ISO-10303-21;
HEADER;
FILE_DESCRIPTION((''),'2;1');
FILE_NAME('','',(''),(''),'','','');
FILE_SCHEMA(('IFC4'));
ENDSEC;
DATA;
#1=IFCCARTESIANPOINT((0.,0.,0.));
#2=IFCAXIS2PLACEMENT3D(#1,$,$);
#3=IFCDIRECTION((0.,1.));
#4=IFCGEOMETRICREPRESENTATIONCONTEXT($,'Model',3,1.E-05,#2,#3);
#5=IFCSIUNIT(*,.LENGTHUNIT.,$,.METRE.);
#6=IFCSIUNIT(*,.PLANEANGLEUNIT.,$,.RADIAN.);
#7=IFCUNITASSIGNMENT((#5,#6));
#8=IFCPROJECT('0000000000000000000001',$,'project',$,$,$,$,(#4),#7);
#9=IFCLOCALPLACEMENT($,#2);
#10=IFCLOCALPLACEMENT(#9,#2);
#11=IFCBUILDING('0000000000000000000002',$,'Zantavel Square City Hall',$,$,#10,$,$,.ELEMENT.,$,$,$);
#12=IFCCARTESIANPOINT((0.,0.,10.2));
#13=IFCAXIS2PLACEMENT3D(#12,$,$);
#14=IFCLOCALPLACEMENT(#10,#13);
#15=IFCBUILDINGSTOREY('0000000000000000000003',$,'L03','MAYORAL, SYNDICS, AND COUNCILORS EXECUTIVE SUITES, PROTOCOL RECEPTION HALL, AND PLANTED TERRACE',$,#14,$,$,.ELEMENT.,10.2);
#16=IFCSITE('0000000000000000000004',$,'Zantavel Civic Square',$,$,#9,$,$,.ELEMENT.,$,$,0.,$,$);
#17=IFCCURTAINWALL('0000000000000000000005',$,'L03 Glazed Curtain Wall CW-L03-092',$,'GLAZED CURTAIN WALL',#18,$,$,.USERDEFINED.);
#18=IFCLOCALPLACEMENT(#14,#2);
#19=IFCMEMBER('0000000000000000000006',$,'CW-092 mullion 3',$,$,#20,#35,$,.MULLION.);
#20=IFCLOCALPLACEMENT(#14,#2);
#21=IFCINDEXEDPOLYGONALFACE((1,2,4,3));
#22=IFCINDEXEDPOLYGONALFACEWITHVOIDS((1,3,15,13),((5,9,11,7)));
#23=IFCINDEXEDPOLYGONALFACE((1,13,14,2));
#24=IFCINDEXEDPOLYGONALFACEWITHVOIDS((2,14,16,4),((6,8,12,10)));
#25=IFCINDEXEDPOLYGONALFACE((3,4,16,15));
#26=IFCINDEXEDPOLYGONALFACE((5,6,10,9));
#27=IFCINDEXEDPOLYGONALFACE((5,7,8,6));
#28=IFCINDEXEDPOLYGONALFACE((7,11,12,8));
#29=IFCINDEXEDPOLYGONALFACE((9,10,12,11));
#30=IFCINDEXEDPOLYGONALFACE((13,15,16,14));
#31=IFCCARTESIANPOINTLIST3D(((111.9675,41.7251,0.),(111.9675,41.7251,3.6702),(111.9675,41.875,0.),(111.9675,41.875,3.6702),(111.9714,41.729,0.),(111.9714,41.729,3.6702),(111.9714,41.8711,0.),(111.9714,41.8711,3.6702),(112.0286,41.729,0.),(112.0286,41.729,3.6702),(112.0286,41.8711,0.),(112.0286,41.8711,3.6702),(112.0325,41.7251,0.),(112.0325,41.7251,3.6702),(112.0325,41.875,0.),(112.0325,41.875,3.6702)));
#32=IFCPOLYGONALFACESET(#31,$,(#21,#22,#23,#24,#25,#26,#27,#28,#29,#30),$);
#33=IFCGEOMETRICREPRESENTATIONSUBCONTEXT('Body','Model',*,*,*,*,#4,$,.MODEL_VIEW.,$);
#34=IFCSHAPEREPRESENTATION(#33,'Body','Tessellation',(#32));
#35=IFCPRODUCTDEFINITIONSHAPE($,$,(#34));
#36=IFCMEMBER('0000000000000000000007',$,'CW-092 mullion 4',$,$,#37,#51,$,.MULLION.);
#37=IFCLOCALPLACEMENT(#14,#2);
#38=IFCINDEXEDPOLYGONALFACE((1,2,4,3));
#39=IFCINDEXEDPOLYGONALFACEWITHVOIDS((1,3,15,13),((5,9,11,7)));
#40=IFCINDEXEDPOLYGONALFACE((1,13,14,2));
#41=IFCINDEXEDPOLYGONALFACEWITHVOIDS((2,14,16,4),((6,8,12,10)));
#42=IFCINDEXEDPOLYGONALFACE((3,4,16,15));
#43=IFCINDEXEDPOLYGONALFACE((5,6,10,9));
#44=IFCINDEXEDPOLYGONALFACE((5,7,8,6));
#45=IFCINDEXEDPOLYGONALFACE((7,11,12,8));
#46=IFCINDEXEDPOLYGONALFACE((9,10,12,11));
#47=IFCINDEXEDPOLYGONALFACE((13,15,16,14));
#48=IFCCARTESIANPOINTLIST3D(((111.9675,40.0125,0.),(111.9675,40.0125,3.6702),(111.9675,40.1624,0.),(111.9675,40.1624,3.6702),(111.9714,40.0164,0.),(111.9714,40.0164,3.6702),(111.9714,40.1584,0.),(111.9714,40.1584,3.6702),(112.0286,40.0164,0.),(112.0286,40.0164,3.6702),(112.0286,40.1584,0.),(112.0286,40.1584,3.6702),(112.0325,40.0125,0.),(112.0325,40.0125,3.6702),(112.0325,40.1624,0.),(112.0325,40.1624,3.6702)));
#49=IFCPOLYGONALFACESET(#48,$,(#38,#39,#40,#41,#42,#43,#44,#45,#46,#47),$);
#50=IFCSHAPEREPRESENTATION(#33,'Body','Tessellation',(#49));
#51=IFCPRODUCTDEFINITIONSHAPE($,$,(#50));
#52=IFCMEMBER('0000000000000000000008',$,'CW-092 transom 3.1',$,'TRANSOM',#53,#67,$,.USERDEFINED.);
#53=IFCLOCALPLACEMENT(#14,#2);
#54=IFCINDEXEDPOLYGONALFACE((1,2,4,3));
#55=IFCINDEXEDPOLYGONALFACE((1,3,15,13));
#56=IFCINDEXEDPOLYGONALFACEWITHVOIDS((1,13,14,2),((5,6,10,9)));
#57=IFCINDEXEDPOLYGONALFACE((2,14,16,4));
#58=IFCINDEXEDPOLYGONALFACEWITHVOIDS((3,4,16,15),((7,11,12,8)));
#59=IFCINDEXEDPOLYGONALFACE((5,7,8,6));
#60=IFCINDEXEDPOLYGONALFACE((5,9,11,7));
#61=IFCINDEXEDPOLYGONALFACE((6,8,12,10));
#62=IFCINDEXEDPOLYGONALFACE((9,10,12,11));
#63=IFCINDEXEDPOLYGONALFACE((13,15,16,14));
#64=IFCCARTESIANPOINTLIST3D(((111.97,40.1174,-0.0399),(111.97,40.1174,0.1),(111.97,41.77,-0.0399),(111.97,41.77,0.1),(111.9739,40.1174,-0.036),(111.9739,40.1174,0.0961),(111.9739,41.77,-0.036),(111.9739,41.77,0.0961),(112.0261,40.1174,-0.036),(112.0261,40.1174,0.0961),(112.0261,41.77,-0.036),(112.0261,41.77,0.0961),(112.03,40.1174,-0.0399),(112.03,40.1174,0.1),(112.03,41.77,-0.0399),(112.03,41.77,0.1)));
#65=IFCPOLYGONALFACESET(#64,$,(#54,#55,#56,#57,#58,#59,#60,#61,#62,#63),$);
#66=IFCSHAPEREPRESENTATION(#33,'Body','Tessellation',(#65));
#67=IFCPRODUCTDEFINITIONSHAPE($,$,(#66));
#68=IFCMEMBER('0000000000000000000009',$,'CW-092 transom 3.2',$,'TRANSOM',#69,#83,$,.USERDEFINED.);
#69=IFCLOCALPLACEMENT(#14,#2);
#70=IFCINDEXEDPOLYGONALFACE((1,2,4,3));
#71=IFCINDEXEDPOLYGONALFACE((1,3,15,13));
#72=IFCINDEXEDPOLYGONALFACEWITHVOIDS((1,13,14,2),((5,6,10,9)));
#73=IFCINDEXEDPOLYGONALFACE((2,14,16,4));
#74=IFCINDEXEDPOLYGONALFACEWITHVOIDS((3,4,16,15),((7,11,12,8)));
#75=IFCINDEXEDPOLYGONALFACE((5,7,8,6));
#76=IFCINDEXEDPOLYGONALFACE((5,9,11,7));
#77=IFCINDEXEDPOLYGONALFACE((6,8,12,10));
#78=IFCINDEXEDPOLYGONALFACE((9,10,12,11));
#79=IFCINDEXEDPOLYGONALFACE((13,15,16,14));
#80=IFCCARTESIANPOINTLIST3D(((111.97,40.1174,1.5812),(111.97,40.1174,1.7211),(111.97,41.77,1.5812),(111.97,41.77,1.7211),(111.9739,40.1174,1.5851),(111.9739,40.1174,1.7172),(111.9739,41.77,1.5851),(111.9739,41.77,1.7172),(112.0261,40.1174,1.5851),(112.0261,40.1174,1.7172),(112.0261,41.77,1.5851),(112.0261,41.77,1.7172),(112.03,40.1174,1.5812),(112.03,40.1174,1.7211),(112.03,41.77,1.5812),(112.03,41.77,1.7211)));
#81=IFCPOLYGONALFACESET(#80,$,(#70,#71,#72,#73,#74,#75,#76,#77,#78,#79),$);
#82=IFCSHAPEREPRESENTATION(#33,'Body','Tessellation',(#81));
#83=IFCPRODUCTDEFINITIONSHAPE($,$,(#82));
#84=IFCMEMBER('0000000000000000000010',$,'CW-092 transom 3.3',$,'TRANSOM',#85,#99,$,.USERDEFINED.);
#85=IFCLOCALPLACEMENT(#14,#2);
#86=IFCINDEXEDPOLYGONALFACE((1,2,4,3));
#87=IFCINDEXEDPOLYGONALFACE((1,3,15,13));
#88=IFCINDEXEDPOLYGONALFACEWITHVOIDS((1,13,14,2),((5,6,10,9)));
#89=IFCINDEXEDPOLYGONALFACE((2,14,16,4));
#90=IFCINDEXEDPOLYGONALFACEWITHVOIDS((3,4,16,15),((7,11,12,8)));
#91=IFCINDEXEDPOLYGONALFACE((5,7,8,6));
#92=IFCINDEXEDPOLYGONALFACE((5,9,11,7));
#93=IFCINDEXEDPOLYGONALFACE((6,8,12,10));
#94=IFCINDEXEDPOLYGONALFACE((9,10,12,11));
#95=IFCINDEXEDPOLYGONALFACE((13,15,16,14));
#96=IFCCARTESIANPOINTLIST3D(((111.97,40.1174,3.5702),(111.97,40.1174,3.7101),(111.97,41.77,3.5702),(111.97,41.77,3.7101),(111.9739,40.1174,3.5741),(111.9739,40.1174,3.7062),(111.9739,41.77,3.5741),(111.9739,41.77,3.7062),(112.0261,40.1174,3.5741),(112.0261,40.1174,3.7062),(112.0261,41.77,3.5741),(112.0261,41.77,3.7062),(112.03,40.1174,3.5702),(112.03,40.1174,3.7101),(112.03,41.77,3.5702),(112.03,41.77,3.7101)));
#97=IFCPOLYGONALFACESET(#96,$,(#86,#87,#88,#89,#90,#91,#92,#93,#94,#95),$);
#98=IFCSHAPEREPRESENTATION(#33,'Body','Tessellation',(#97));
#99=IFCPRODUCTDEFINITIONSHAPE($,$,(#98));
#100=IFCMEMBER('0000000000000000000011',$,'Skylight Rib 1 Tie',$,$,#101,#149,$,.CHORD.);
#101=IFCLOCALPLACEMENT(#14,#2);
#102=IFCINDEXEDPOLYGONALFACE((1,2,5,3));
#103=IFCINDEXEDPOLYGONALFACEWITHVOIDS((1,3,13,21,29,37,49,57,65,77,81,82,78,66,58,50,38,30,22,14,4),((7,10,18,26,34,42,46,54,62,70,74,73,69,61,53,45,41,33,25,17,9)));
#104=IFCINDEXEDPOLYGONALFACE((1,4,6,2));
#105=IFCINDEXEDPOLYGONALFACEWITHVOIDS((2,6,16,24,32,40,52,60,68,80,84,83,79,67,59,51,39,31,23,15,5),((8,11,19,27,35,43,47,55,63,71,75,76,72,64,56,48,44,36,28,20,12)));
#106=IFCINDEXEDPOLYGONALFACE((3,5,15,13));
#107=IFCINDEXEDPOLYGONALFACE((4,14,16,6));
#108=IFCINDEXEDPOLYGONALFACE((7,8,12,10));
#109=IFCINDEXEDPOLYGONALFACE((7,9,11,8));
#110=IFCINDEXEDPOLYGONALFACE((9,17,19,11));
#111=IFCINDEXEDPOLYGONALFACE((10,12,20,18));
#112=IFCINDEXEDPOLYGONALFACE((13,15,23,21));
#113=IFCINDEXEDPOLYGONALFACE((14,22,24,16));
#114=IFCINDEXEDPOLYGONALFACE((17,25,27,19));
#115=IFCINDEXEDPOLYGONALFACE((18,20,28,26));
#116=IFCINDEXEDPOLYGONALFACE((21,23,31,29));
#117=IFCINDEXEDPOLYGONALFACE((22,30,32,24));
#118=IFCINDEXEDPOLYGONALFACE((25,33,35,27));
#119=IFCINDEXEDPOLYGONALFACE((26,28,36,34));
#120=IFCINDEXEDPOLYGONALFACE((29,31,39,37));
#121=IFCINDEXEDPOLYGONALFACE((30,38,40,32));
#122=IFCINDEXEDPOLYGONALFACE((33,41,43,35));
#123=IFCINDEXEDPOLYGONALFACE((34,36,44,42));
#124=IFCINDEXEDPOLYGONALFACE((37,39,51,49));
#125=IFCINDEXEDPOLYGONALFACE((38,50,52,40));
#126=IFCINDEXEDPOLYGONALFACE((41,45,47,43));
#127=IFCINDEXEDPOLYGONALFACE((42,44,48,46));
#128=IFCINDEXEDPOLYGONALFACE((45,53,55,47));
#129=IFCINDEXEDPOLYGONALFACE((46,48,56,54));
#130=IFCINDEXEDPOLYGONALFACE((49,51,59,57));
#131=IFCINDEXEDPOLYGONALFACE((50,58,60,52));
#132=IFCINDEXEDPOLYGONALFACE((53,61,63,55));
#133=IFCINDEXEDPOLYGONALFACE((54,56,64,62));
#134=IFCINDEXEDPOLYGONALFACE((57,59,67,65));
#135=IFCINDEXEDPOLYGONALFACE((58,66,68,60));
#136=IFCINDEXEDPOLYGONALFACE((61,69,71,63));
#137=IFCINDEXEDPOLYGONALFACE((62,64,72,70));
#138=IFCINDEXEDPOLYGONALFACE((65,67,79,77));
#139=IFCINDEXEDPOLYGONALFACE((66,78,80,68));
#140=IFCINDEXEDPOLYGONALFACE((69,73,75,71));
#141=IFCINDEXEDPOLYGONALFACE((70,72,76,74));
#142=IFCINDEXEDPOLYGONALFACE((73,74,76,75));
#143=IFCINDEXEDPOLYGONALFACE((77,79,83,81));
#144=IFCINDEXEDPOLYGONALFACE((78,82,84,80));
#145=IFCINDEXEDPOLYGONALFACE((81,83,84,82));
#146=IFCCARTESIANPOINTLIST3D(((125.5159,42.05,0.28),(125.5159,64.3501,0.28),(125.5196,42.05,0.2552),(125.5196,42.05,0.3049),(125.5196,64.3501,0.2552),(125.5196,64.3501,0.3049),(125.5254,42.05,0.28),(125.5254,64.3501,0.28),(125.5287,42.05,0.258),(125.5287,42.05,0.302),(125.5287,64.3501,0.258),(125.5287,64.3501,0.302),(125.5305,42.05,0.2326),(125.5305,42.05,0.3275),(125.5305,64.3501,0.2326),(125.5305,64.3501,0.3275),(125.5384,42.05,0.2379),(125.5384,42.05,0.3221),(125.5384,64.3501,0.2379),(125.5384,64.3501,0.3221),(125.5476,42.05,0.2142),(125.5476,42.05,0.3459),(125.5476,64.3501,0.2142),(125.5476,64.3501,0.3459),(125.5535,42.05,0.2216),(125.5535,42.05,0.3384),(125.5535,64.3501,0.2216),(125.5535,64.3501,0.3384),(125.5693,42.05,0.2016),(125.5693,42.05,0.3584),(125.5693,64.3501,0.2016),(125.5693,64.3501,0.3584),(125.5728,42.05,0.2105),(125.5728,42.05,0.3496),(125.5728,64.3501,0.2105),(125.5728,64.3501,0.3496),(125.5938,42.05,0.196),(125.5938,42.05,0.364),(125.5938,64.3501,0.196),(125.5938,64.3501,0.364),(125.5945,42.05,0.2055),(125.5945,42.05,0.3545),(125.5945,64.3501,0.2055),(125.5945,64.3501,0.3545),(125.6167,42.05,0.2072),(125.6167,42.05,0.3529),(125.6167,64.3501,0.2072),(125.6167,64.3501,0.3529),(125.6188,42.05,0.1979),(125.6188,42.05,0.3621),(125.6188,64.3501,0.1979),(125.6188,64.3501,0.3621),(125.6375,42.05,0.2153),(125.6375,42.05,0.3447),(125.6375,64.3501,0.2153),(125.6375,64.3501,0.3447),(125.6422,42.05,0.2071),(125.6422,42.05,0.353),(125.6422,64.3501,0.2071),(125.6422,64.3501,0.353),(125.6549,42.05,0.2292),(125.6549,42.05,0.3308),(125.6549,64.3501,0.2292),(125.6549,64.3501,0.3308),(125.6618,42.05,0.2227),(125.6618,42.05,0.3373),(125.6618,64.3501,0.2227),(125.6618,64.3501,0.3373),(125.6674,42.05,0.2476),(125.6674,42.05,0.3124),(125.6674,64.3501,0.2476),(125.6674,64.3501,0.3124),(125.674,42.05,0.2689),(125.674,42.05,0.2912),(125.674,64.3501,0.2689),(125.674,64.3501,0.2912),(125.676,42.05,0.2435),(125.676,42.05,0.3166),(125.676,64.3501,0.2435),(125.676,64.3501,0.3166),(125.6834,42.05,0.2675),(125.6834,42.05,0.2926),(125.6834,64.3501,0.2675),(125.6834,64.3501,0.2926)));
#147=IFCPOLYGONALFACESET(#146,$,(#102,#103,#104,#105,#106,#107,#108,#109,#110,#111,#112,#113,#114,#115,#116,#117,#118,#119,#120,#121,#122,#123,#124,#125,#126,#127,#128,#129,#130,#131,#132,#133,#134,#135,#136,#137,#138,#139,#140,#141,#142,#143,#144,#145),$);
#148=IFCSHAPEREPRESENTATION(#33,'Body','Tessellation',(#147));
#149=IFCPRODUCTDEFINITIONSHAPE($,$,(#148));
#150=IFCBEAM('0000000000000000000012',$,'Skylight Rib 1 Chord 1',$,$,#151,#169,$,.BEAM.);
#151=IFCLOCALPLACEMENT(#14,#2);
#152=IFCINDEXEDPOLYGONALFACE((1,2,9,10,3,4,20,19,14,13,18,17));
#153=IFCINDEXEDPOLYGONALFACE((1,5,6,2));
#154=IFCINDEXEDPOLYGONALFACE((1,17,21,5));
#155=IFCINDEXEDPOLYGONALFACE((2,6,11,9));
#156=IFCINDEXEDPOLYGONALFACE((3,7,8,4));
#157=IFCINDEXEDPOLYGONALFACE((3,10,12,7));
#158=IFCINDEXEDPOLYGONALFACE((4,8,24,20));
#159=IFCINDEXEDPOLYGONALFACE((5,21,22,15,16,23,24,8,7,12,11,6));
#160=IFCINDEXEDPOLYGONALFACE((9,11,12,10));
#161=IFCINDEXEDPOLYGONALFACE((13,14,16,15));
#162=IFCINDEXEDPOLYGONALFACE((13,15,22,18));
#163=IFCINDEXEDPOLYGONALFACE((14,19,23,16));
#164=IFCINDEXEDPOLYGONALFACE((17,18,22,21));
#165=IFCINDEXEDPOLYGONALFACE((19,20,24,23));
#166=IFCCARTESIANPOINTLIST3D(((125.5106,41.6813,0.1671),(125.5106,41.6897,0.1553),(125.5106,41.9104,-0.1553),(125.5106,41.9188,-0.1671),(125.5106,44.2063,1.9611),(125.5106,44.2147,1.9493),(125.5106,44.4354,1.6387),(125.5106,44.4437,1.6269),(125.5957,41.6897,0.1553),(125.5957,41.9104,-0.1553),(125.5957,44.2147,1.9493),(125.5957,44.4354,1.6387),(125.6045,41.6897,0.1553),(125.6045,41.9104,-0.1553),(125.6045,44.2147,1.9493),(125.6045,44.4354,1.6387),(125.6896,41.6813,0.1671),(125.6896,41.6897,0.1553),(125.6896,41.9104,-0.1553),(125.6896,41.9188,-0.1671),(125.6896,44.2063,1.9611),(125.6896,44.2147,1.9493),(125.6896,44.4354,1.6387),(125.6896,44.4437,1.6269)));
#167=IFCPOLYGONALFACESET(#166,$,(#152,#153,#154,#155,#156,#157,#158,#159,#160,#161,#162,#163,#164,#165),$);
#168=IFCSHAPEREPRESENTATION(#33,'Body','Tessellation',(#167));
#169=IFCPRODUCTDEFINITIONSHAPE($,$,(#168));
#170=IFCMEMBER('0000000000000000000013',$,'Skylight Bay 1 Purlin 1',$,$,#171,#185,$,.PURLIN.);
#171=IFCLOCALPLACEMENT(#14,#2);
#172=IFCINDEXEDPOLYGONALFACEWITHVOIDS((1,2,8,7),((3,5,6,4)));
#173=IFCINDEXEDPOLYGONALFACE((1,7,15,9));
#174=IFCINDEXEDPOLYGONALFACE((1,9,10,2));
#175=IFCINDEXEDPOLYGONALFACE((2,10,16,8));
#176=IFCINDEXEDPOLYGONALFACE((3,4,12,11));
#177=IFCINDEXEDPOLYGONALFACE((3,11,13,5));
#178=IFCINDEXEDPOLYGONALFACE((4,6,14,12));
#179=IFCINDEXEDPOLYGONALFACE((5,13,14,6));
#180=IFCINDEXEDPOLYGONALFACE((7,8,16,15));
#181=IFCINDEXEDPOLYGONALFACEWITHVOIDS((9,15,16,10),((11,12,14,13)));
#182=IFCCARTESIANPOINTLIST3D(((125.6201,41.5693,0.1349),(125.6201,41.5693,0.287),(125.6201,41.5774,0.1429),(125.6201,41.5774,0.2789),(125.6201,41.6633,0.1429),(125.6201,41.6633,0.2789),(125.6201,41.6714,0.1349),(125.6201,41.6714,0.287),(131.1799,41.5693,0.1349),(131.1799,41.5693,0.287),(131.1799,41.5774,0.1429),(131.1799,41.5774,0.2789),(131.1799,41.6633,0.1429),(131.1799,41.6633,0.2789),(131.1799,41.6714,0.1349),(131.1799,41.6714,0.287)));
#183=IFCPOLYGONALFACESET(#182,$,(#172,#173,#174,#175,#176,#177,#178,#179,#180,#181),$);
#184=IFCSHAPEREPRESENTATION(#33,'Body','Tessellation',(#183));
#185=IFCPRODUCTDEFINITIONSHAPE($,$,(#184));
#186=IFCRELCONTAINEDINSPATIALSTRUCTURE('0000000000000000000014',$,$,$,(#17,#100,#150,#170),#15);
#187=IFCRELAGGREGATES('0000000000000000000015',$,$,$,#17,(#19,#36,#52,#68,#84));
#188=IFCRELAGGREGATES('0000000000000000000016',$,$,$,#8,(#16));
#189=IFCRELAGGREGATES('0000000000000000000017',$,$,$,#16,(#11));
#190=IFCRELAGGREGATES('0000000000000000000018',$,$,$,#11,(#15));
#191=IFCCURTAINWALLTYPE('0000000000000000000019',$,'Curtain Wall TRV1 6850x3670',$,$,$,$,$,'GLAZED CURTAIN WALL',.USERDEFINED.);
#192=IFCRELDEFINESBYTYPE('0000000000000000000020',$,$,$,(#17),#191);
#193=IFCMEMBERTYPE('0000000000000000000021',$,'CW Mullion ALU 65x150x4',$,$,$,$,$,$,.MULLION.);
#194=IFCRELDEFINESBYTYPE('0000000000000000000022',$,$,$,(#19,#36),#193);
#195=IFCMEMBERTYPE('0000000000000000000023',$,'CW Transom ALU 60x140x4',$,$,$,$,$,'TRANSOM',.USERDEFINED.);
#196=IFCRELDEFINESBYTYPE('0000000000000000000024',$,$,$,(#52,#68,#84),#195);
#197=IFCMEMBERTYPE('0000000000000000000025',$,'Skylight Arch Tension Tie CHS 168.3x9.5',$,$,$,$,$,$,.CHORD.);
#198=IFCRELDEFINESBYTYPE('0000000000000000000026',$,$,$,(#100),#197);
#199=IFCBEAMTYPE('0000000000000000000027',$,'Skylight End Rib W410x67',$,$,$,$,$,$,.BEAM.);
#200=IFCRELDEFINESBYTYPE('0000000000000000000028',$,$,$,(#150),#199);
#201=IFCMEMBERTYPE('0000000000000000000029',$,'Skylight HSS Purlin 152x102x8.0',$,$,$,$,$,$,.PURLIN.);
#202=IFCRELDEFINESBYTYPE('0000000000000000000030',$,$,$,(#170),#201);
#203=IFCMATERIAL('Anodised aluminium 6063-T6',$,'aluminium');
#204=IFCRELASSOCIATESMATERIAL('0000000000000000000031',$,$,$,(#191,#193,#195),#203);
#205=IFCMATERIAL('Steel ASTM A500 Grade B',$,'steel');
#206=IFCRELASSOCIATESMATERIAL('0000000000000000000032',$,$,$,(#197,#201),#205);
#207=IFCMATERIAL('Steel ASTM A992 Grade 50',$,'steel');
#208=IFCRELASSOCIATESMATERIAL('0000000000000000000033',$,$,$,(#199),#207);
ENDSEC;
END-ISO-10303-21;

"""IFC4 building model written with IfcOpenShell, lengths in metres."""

from ifc_helpers import new_model, si_unit, direction, frame, origin, origin_2d, place, context, subcontext, project, spatial, hollow_rectangle, hollow_circle, i_section, extrude, material, material_profile, profile_set, type_object, element, aggregate, save


model = new_model("IFC4")

# Units and contexts
model_context = context("Model", 3, precision=1e-05, world=origin(), true_north=direction((0.0, 1.0)))
body_context = subcontext(model_context, "Body", "Model", "MODEL_VIEW")
ifc_project = project(units=[si_unit("LENGTHUNIT", "METRE"), si_unit("PLANEANGLEUNIT", "RADIAN")], contexts=[model_context])

# Site, building, storey
site_placement = place(None, origin())
site = spatial("IfcSite", under=ifc_project, at=site_placement, Name="Zantavel Civic Square", CompositionType="ELEMENT", RefElevation=0.0)
building_placement = place(site_placement, origin())
building = spatial("IfcBuilding", under=site, at=building_placement, Name="Zantavel Square City Hall", CompositionType="ELEMENT")
storey_placement = place(building_placement, frame((0.0, 0.0, 10.2)))
storey = spatial("IfcBuildingStorey", under=building, at=storey_placement, Name="L03", Description="MAYORAL, SYNDICS, AND COUNCILORS EXECUTIVE SUITES, PROTOCOL RECEPTION HALL, AND PLANTED TERRACE", CompositionType="ELEMENT", Elevation=10.2)

# Curtain wall, members
ifc_material_1 = material(Name="Anodised aluminium 6063-T6", Category="aluminium")
curtain_wall_type = type_object("IfcCurtainWallType", Name="Curtain Wall TRV1 6850x3670", ElementType="GLAZED CURTAIN WALL", PredefinedType="USERDEFINED", material=ifc_material_1)
curtain_wall_placement = place(storey_placement, origin())
curtain_wall = element("IfcCurtainWall", 1, at=curtain_wall_placement, inside=storey, type_object=curtain_wall_type, Name="L03 Glazed Curtain Wall CW-L03-092", ObjectType="GLAZED CURTAIN WALL", PredefinedType="USERDEFINED")
ifc_material_profile_1 = material_profile(ifc_material_1, hollow_rectangle(XDim=0.0649, YDim=0.1499, WallThickness=0.0039, at=origin_2d()), Name="ALU 65x150x4")
ifc_profile_set_1 = profile_set([ifc_material_profile_1], Name="Anodised aluminium 6063-T6")
member_type_1 = type_object("IfcMemberType", Name="CW Mullion ALU 65x150x4", PredefinedType="MULLION", material=ifc_profile_set_1)
member_1_placement = place(storey_placement, frame((112.0, 41.8, 0.0), z_axis=(0.0, 0.0, 1.0), x_axis=(1.0, 0.0, 0.0)))
member_1 = element("IfcMember", 2, at=member_1_placement, type_object=member_type_1, Name="CW-092 mullion 3", PredefinedType="MULLION", context=body_context, shape_type="SweptSolid", body=[
    extrude(hollow_rectangle(XDim=0.0649, YDim=0.1499, WallThickness=0.0039, at=origin_2d()), origin(), (0.0, 0.0, 1.0), 3.6702),
])
member_2_placement = place(storey_placement, frame((112.0, 40.0874, 0.0), z_axis=(0.0, 0.0, 1.0), x_axis=(1.0, 0.0, 0.0)))
member_2 = element("IfcMember", 3, at=member_2_placement, type_object=member_type_1, Name="CW-092 mullion 4", PredefinedType="MULLION", context=body_context, shape_type="SweptSolid", body=[
    extrude(hollow_rectangle(XDim=0.0649, YDim=0.1499, WallThickness=0.0039, at=origin_2d()), origin(), (0.0, 0.0, 1.0), 3.6702),
])
ifc_material_profile_2 = material_profile(ifc_material_1, hollow_rectangle(XDim=0.0601, YDim=0.1399, WallThickness=0.0039, at=origin_2d()), Name="ALU 60x140x4")
ifc_profile_set_2 = profile_set([ifc_material_profile_2], Name="Anodised aluminium 6063-T6")
member_type_2 = type_object("IfcMemberType", Name="CW Transom ALU 60x140x4", ElementType="TRANSOM", PredefinedType="USERDEFINED", material=ifc_profile_set_2)
member_3_placement = place(storey_placement, frame((112.0, 41.77, 0.03), z_axis=(0.0, -1.0, 0.0), x_axis=(1.0, 0.0, 0.0)))
member_3 = element("IfcMember", 4, at=member_3_placement, type_object=member_type_2, Name="CW-092 transom 3.1", ObjectType="TRANSOM", PredefinedType="USERDEFINED", context=body_context, shape_type="SweptSolid", body=[
    extrude(hollow_rectangle(XDim=0.0601, YDim=0.1399, WallThickness=0.0039, at=origin_2d()), origin(), (0.0, 0.0, 1.0), 1.6526),
])
member_4_placement = place(storey_placement, frame((112.0, 41.77, 1.6511), z_axis=(0.0, -1.0, 0.0), x_axis=(1.0, 0.0, 0.0)))
member_4 = element("IfcMember", 5, at=member_4_placement, type_object=member_type_2, Name="CW-092 transom 3.2", ObjectType="TRANSOM", PredefinedType="USERDEFINED", context=body_context, shape_type="SweptSolid", body=[
    extrude(hollow_rectangle(XDim=0.0601, YDim=0.1399, WallThickness=0.0039, at=origin_2d()), origin(), (0.0, 0.0, 1.0), 1.6526),
])
member_5_placement = place(storey_placement, frame((112.0, 41.77, 3.6401), z_axis=(0.0, -1.0, 0.0), x_axis=(1.0, 0.0, 0.0)))
member_5 = element("IfcMember", 6, at=member_5_placement, type_object=member_type_2, Name="CW-092 transom 3.3", ObjectType="TRANSOM", PredefinedType="USERDEFINED", context=body_context, shape_type="SweptSolid", body=[
    extrude(hollow_rectangle(XDim=0.0601, YDim=0.1399, WallThickness=0.0039, at=origin_2d()), origin(), (0.0, 0.0, 1.0), 1.6526),
])

# Member
ifc_material_2 = material(Name="Steel ASTM A500 Grade B", Category="steel")
ifc_material_profile_3 = material_profile(ifc_material_2, hollow_circle(Radius=0.0842, WallThickness=0.0095, at=origin_2d()), Name="CHS 168.3x9.5")
ifc_profile_set_3 = profile_set([ifc_material_profile_3], Name="Steel ASTM A500 Grade B")
member_type_3 = type_object("IfcMemberType", Name="Skylight Arch Tension Tie CHS 168.3x9.5", PredefinedType="CHORD", material=ifc_profile_set_3)
member_6_placement = place(storey_placement, frame((125.6001, 42.05, 0.28), z_axis=(0.0, 1.0, 0.0), x_axis=(-1.0, 0.0, 0.0)))
element("IfcMember", 7, at=member_6_placement, inside=storey, type_object=member_type_3, Name="Skylight Rib 1 Tie", PredefinedType="CHORD", context=body_context, shape_type="SweptSolid", body=[
    extrude(hollow_circle(Radius=0.0842, WallThickness=0.0095, at=origin_2d()), origin(), (0.0, 0.0, 1.0), 22.3),
])

# Beam
ifc_material_3 = material(Name="Steel ASTM A992 Grade 50", Category="steel")
ifc_material_profile_4 = material_profile(ifc_material_3, i_section(OverallWidth=0.179, OverallDepth=0.4099, WebThickness=0.0088, FlangeThickness=0.0144, at=origin_2d()), Name="W410x67")
ifc_profile_set_4 = profile_set([ifc_material_profile_4], Name="Steel ASTM A992 Grade 50")
beam_type = type_object("IfcBeamType", Name="Skylight End Rib W410x67", PredefinedType="BEAM", material=ifc_profile_set_4)
beam_placement = place(storey_placement, frame((125.6001, 41.8, 0.0), z_axis=(0.0, 0.81519, 0.579193), x_axis=(-1.0, 0.0, 0.0)))
element("IfcBeam", 8, at=beam_placement, inside=storey, type_object=beam_type, Name="Skylight Rib 1 Chord 1", PredefinedType="BEAM", context=body_context, shape_type="SweptSolid", body=[
    extrude(i_section(OverallWidth=0.179, OverallDepth=0.4099, WebThickness=0.0088, FlangeThickness=0.0144, at=origin_2d()), origin(), (0.0, 0.0, 1.0), 3.0974),
])

# Member
ifc_material_profile_5 = material_profile(ifc_material_2, hollow_rectangle(XDim=0.1021, YDim=0.1521, WallThickness=0.0081, at=origin_2d()), Name="HSS 152x102x8.0")
ifc_profile_set_5 = profile_set([ifc_material_profile_5], Name="Steel ASTM A500 Grade B")
member_type_4 = type_object("IfcMemberType", Name="Skylight HSS Purlin 152x102x8.0", PredefinedType="PURLIN", material=ifc_profile_set_5)
member_7_placement = place(storey_placement, frame((125.6201, 41.6204, 0.2109), z_axis=(1.0, 0.0, 0.0), x_axis=(0.0, 1.0, 0.0)))
element("IfcMember", 9, at=member_7_placement, inside=storey, type_object=member_type_4, Name="Skylight Bay 1 Purlin 1", PredefinedType="PURLIN", context=body_context, shape_type="SweptSolid", body=[
    extrude(hollow_rectangle(XDim=0.1021, YDim=0.1521, WallThickness=0.0081, at=origin_2d()), origin(), (0.0, 0.0, 1.0), 5.5598),
])

aggregate(curtain_wall, [member_1, member_2, member_3, member_4, member_5])

save(model, "model.ifc")
